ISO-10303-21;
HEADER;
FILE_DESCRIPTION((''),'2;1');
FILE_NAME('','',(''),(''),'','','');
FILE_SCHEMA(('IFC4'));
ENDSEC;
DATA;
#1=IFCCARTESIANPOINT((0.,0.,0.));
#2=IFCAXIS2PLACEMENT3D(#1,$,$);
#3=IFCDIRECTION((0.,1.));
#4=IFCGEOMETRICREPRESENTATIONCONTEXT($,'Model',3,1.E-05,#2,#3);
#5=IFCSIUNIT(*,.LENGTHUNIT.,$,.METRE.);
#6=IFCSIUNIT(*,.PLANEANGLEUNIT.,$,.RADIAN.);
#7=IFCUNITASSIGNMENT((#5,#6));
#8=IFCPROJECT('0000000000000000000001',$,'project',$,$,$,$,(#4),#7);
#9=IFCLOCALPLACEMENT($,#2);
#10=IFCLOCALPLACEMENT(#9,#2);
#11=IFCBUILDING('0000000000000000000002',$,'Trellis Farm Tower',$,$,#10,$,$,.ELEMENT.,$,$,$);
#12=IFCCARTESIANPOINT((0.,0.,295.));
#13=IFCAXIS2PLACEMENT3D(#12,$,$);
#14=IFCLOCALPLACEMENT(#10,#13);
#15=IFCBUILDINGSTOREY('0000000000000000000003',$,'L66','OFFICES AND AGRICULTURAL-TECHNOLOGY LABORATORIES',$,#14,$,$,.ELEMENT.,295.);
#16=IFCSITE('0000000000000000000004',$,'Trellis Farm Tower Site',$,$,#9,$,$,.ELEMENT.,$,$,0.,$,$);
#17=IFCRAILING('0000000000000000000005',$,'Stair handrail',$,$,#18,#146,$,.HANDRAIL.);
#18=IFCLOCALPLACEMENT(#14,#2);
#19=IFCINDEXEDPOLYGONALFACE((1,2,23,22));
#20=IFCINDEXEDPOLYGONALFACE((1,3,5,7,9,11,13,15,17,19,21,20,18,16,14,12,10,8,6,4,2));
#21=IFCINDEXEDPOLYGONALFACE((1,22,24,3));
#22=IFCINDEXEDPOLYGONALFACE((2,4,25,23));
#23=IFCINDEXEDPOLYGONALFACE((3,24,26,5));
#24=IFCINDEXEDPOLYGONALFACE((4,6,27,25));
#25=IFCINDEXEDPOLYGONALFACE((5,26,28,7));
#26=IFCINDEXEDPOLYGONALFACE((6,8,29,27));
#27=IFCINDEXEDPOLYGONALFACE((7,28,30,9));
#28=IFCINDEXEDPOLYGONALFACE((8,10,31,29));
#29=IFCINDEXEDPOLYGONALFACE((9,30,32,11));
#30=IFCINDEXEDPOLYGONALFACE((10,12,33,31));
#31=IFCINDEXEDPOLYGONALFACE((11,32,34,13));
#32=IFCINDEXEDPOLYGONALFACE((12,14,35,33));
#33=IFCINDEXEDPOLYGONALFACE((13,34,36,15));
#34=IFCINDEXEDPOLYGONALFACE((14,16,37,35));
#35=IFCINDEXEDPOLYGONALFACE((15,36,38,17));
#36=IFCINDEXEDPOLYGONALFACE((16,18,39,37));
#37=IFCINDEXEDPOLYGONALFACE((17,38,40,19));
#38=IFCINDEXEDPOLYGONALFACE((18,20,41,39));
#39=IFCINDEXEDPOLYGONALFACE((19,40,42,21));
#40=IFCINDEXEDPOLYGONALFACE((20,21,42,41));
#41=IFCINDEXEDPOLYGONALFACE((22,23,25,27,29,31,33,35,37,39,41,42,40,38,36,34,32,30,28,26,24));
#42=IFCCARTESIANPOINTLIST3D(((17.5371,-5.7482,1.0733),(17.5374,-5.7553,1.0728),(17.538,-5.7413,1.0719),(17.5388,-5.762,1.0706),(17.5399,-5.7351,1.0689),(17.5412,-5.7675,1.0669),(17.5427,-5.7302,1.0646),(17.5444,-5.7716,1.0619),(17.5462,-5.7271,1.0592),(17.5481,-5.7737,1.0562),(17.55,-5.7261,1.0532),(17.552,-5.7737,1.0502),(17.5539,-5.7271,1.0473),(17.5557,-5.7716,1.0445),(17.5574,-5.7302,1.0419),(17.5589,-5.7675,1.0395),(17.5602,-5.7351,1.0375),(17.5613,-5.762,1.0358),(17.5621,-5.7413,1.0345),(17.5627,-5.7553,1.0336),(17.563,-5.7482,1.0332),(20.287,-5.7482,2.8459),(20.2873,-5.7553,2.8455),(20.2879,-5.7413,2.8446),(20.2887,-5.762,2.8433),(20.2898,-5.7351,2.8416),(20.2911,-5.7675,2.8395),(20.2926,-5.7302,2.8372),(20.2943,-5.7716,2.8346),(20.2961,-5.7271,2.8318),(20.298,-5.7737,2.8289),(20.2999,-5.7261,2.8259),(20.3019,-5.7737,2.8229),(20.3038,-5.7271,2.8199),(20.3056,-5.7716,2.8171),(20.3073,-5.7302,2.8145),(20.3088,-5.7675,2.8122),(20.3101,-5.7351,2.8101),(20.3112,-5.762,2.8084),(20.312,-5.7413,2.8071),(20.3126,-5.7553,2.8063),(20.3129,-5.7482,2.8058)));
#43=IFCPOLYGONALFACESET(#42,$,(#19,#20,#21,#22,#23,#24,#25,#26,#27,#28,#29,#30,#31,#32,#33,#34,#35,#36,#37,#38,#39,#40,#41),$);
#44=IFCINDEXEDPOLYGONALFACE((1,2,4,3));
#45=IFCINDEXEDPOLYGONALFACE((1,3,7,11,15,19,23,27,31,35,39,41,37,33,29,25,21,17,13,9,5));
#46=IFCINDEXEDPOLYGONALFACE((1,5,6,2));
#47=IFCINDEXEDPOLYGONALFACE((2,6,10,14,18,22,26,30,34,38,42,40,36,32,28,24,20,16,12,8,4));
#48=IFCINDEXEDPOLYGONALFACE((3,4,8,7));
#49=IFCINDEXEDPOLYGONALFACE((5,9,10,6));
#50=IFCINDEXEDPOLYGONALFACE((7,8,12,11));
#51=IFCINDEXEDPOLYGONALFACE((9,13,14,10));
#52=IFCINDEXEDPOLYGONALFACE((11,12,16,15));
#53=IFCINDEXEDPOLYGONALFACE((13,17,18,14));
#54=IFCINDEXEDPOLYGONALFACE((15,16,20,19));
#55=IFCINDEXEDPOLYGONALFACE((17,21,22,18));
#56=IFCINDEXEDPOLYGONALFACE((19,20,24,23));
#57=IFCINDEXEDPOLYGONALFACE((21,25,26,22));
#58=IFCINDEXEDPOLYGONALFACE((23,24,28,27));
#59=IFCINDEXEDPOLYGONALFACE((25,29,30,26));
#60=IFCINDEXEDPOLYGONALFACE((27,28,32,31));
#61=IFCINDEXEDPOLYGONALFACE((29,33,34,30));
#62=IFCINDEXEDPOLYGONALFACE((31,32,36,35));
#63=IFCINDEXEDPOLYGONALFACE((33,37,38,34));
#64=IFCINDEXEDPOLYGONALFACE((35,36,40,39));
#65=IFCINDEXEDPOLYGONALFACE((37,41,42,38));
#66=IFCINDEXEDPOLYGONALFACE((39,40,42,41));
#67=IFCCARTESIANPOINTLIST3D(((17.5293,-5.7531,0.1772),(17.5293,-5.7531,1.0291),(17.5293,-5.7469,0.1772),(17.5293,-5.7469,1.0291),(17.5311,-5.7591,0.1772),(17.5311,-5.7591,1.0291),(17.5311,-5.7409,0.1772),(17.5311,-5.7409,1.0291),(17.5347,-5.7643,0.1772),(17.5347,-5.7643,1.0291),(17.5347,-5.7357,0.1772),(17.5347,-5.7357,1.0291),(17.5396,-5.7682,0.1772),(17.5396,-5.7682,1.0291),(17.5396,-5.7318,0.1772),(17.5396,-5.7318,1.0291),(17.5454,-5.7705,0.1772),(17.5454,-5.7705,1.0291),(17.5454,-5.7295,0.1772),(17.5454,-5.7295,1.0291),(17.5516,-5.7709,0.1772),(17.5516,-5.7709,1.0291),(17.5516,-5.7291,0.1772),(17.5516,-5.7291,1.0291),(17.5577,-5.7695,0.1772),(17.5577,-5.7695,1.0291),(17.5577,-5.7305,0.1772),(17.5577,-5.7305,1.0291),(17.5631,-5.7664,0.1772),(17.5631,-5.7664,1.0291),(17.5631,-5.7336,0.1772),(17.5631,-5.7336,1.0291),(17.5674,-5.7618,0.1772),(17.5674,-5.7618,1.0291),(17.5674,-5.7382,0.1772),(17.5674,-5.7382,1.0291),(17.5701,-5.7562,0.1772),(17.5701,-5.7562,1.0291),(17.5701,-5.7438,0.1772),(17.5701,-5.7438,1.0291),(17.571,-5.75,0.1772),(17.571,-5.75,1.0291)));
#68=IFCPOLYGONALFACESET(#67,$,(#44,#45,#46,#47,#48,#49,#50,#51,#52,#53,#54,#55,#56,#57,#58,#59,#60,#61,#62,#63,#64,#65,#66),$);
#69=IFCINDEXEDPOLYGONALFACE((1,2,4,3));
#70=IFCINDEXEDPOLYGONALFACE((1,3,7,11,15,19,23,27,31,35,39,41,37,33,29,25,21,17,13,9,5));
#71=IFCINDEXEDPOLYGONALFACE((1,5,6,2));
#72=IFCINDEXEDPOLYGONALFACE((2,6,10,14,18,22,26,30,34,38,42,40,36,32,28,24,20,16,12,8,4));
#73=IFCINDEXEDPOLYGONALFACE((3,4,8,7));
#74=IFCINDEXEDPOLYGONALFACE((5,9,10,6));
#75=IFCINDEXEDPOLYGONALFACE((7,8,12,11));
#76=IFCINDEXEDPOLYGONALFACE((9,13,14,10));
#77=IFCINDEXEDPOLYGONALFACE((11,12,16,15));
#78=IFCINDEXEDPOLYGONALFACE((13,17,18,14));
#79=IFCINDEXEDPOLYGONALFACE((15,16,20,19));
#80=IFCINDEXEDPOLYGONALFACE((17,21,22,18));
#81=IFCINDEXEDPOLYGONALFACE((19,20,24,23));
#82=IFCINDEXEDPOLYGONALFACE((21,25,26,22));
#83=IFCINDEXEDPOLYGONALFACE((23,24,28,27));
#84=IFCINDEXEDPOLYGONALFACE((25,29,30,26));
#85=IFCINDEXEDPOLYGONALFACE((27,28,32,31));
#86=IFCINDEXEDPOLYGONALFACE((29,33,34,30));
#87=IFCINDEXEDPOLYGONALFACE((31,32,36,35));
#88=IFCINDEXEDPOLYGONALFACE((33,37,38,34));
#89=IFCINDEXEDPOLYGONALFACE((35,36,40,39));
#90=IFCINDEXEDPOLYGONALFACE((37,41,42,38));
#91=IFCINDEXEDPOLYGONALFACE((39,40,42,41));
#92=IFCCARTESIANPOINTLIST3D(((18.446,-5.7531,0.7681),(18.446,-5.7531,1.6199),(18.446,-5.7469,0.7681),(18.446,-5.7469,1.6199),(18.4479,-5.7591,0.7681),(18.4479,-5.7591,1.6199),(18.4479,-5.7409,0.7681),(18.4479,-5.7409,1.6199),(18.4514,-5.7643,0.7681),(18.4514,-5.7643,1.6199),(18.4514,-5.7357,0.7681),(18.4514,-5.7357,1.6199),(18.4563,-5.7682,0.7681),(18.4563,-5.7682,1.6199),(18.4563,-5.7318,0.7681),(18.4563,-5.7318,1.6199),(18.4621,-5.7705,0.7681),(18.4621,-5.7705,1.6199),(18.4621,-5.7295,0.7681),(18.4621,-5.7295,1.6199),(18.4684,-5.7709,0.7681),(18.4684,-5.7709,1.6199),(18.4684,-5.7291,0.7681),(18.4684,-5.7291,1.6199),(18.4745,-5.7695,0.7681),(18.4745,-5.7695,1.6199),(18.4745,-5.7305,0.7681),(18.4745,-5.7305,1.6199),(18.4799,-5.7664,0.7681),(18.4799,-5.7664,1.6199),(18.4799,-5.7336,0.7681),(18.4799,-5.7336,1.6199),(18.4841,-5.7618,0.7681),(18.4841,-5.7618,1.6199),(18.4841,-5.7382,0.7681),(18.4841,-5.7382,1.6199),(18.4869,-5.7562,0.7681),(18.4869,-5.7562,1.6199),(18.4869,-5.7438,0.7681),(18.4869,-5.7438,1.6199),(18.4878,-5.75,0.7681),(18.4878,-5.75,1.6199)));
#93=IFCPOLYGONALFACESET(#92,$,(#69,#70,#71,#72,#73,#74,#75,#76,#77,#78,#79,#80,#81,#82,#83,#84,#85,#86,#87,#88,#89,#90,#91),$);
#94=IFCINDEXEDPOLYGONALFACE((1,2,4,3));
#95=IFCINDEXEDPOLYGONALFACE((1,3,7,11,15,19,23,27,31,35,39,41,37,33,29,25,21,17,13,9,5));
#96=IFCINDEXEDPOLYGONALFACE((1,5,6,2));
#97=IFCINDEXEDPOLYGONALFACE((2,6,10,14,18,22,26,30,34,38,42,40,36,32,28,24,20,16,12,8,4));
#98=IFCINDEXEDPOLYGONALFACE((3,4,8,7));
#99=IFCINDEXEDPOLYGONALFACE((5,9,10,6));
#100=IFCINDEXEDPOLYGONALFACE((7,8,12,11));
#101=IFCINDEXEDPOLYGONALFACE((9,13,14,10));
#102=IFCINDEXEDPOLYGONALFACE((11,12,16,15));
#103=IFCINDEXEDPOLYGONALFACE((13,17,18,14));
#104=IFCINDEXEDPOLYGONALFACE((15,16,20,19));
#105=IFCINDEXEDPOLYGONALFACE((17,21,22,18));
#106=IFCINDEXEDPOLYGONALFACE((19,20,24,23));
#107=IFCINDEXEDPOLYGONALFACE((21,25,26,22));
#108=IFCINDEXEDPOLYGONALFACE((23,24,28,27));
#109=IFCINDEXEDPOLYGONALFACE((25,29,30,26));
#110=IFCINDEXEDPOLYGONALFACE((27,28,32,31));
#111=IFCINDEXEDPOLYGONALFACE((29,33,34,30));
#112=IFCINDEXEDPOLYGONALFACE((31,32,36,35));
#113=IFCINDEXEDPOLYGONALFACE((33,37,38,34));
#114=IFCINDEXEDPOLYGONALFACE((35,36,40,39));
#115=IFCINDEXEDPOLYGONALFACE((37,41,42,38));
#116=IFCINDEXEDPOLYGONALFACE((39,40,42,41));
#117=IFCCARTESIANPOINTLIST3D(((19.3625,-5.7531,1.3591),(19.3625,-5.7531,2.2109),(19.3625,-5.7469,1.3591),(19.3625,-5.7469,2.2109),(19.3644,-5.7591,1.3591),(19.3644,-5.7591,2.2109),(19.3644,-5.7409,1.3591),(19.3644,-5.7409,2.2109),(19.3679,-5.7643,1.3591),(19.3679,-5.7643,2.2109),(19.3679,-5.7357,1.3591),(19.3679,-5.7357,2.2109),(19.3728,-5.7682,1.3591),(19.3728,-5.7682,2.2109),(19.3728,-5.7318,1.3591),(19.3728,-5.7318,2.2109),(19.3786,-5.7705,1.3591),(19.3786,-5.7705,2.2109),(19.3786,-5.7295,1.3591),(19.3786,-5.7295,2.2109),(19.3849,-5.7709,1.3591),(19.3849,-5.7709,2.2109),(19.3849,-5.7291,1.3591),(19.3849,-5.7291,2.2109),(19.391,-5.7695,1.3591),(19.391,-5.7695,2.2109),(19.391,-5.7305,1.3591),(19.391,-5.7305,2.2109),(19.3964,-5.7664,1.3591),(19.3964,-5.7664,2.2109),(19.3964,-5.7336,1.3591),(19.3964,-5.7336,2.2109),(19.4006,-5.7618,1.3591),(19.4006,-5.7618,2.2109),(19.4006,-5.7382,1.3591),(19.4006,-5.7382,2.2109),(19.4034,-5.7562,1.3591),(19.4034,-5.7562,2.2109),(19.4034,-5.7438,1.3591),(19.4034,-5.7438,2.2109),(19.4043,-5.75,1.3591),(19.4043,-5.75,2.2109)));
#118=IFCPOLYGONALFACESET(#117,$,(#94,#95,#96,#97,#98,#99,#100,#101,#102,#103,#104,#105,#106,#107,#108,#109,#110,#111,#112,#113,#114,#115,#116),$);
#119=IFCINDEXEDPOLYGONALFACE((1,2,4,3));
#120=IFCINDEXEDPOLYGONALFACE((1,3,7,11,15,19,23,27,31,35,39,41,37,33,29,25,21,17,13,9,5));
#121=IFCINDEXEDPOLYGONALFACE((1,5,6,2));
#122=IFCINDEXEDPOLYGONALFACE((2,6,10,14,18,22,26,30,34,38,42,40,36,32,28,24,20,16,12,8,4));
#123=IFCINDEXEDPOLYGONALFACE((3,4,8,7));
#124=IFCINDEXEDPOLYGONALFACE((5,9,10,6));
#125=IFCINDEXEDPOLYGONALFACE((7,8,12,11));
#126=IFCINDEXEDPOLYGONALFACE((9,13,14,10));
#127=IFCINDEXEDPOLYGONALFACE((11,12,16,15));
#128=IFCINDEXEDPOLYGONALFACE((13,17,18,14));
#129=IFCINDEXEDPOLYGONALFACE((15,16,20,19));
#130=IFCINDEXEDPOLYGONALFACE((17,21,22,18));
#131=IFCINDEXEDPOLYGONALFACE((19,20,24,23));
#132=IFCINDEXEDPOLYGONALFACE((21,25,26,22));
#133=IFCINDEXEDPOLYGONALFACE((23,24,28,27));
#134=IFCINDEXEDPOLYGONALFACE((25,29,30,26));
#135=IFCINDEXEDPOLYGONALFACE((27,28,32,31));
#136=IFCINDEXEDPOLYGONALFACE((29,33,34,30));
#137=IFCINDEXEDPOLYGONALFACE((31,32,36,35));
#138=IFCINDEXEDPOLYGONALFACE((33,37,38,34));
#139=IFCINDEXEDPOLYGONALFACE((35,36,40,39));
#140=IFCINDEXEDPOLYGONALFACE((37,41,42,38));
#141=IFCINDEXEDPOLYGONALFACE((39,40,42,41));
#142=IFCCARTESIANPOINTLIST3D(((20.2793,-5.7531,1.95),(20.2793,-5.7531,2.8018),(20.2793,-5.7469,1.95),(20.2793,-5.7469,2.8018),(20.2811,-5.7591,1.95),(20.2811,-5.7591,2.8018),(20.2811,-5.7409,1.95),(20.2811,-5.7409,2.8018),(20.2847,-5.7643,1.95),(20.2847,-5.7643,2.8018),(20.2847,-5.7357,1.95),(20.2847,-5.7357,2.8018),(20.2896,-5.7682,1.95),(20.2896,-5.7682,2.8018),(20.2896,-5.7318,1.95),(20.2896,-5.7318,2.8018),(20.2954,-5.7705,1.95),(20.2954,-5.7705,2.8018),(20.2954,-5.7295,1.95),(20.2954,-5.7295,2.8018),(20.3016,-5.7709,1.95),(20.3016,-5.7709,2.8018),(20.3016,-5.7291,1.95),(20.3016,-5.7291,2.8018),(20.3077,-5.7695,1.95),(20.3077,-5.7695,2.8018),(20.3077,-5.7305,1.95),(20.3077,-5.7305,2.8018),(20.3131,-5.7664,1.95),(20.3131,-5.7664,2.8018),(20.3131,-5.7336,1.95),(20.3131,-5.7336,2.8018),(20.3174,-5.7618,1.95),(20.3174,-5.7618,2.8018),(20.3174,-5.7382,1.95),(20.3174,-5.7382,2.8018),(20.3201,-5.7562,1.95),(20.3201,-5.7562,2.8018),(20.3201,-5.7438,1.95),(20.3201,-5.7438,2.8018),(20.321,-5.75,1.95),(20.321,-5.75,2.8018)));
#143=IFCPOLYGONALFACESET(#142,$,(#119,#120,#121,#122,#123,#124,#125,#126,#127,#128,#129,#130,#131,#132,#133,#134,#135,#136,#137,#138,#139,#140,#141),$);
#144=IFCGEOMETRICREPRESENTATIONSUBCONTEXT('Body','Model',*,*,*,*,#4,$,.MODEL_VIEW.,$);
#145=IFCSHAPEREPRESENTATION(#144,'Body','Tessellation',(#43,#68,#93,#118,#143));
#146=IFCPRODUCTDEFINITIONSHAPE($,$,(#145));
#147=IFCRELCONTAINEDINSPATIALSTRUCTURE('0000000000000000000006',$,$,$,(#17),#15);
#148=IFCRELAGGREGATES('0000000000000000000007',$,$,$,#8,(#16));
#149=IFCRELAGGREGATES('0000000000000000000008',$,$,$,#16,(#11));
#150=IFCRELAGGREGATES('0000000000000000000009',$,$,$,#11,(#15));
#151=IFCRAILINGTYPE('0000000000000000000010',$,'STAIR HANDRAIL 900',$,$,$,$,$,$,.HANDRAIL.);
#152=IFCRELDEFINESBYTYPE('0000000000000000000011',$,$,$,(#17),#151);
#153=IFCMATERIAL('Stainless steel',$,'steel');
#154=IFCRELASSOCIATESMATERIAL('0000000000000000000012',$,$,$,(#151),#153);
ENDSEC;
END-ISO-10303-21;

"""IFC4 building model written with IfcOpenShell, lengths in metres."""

from ifc_helpers import new_model, si_unit, direction, frame, origin, origin_2d, place, context, subcontext, project, spatial, circle, extrude, source, transform, mapped, material, type_object, element, save


model = new_model("IFC4")

# Units and contexts
model_context = context("Model", 3, precision=1e-05, world=origin(), true_north=direction((0.0, 1.0)))
body_context = subcontext(model_context, "Body", "Model", "MODEL_VIEW")
ifc_project = project(units=[si_unit("LENGTHUNIT", "METRE"), si_unit("PLANEANGLEUNIT", "RADIAN")], contexts=[model_context])

# Site, building, storey
site_placement = place(None, origin())
site = spatial("IfcSite", under=ifc_project, at=site_placement, Name="Trellis Farm Tower Site", CompositionType="ELEMENT", RefElevation=0.0)
building_placement = place(site_placement, origin())
building = spatial("IfcBuilding", under=site, at=building_placement, Name="Trellis Farm Tower", CompositionType="ELEMENT")
storey_placement = place(building_placement, frame((0.0, 0.0, 295.0)))
storey = spatial("IfcBuildingStorey", under=building, at=storey_placement, Name="L66", Description="OFFICES AND AGRICULTURAL-TECHNOLOGY LABORATORIES", CompositionType="ELEMENT", Elevation=295.0)

# Railing
ifc_material_1 = material(Name="Stainless steel", Category="steel")
railing_type = type_object("IfcRailingType", Name="STAIR HANDRAIL 900", PredefinedType="HANDRAIL", material=ifc_material_1)
shared_shape_1 = source(origin(), body_context, "Body", "SweptSolid", [
    extrude(circle(Radius=0.0239, at=origin_2d()), frame((0.0, 0.0, 0.876), z_axis=(0.840504, 0.0, 0.541806), x_axis=(0.0, 1.0, 0.0)), (0.0, 0.0, 1.0), 3.2717),
    extrude(circle(Radius=0.021, at=origin_2d()), origin(), (0.0, 0.0, 1.0), 0.8518),
    extrude(circle(Radius=0.021, at=origin_2d()), frame((0.9167, 0.0, 0.5908)), (0.0, 0.0, 1.0), 0.8518),
    extrude(circle(Radius=0.021, at=origin_2d()), frame((1.8333, 0.0, 1.1819)), (0.0, 0.0, 1.0), 0.8518),
    extrude(circle(Radius=0.021, at=origin_2d()), frame((2.75, 0.0, 1.7727)), (0.0, 0.0, 1.0), 0.8518),
])
railing_placement = place(storey_placement, frame((17.55, -5.75, 0.1772)))
element("IfcRailing", 1, at=railing_placement, inside=storey, type_object=railing_type, Name="Stair handrail", PredefinedType="HANDRAIL", context=body_context, shape_type="MappedRepresentation", body=[
    mapped(shared_shape_1, transform((0.0, 0.0, 0.0))),
])

save(model, "model.ifc")
